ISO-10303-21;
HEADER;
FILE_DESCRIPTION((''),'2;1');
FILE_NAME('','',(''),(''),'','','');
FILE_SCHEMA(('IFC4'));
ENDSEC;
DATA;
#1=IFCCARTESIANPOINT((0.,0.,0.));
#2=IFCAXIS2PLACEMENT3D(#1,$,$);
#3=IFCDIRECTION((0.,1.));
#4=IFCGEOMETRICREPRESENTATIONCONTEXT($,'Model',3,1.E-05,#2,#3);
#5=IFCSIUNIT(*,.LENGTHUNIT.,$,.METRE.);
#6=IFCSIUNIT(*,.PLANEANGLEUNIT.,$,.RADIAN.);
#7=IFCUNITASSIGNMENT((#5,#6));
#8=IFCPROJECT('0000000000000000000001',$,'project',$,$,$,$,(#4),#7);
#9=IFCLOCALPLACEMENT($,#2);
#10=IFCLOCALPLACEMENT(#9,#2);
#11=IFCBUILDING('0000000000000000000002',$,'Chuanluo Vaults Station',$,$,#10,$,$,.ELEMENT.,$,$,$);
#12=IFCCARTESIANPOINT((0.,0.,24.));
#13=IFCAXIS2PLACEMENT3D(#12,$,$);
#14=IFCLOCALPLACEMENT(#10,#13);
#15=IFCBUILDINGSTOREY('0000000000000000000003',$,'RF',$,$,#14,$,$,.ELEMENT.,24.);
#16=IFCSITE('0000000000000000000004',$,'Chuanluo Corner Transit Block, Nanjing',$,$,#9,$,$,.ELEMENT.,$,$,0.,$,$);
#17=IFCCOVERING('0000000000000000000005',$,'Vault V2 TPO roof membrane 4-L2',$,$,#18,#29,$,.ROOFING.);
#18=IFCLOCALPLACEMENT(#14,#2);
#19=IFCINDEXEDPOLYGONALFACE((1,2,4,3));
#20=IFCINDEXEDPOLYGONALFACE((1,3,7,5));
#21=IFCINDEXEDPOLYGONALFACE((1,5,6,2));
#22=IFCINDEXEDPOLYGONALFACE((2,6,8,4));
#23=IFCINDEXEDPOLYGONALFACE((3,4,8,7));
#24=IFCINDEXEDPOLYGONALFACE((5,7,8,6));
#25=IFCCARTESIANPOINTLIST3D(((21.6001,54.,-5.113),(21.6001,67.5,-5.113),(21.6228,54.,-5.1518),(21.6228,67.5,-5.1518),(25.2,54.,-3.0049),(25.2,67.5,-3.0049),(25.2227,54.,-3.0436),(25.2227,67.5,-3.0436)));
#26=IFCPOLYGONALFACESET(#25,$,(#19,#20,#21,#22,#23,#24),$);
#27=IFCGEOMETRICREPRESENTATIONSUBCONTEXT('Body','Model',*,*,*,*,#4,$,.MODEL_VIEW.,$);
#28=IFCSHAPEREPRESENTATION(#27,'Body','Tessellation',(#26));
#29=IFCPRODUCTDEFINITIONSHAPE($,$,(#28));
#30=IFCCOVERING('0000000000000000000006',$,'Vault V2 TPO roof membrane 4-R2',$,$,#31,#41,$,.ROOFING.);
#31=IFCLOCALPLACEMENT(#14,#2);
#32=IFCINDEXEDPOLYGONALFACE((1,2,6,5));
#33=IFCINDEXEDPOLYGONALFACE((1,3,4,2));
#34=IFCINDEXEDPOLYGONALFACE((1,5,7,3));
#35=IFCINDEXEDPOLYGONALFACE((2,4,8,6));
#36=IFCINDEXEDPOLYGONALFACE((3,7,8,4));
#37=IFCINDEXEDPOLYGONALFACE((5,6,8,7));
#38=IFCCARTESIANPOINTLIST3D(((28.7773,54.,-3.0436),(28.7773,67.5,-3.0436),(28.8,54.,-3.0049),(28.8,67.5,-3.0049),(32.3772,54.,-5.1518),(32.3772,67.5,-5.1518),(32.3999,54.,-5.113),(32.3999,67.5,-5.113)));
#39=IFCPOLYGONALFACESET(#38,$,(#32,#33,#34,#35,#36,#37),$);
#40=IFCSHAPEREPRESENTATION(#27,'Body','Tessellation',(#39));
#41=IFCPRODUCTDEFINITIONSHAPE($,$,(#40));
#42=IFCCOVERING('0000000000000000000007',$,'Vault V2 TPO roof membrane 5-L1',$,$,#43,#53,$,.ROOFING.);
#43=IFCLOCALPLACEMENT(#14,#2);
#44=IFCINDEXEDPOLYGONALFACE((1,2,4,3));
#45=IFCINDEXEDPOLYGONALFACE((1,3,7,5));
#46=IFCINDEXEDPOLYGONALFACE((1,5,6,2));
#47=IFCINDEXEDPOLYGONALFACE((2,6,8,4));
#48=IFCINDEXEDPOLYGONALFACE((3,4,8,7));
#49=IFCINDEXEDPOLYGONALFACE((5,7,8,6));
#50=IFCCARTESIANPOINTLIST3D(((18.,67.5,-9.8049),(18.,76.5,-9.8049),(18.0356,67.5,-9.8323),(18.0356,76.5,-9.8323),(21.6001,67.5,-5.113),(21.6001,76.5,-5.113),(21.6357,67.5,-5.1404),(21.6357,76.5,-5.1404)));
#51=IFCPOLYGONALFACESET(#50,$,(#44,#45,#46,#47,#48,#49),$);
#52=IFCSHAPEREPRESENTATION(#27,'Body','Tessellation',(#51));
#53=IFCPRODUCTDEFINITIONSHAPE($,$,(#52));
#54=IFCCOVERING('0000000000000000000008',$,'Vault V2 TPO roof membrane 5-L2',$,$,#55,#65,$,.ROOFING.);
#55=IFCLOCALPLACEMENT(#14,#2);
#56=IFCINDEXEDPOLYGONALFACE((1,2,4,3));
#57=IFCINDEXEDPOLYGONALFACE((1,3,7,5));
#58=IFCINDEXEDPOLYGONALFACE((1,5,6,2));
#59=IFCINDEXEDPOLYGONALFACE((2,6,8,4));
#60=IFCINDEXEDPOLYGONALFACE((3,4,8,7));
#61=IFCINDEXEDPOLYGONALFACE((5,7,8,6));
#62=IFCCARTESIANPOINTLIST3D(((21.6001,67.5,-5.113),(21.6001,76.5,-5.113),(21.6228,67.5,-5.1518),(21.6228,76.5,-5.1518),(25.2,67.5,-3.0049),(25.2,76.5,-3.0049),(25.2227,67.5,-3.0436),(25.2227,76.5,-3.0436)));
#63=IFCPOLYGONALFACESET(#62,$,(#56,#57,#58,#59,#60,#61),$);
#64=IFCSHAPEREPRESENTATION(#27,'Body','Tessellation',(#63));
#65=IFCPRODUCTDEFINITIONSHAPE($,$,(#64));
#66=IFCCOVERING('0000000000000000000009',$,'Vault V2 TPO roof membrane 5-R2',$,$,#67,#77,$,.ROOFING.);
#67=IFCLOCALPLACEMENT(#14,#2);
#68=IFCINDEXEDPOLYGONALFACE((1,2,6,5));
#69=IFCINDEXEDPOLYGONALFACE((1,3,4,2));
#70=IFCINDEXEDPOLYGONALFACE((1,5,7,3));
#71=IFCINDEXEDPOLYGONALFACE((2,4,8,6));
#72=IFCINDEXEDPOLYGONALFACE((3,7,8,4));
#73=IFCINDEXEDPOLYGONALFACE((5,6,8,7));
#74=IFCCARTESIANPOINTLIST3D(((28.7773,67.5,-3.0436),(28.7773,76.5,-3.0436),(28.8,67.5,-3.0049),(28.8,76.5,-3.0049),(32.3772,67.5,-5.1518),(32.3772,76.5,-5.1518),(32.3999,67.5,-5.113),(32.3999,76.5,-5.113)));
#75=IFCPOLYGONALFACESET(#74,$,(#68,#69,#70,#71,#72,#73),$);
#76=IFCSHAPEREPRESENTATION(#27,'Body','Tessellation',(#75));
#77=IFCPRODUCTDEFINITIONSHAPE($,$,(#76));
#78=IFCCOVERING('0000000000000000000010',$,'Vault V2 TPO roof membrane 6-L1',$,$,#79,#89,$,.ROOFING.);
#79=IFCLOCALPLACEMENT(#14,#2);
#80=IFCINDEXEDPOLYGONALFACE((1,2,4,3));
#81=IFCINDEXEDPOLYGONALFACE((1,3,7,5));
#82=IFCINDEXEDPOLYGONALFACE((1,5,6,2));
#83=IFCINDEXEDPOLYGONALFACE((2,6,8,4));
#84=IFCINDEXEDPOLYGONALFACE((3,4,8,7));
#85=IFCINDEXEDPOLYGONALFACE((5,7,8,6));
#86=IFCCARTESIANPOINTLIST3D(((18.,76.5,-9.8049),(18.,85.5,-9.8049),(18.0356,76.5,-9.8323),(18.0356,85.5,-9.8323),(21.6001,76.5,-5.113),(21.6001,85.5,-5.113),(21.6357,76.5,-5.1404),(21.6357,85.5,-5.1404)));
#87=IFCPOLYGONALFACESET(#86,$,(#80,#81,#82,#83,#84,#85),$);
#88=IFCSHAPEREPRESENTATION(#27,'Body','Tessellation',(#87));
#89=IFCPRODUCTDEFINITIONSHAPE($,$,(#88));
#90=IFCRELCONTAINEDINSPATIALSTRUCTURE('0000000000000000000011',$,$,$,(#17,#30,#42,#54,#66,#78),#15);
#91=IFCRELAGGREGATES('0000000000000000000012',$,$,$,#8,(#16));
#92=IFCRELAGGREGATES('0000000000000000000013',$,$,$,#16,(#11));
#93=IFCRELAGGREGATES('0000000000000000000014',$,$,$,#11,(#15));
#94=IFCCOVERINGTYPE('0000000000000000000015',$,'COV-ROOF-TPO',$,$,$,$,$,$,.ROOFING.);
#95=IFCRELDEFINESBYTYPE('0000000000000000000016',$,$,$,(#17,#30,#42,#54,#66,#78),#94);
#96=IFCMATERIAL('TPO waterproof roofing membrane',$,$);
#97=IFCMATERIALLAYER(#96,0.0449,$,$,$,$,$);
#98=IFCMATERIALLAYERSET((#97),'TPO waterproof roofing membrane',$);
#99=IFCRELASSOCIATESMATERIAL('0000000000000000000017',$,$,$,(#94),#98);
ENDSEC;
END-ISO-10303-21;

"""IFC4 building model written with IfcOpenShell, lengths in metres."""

from ifc_helpers import new_model, si_unit, direction, frame, origin, place, context, subcontext, project, spatial, polyline, outline, extrude, material, layer, layer_set, type_object, element, save


model = new_model("IFC4")

# Units and contexts
model_context = context("Model", 3, precision=1e-05, world=origin(), true_north=direction((0.0, 1.0)))
body_context = subcontext(model_context, "Body", "Model", "MODEL_VIEW")
ifc_project = project(units=[si_unit("LENGTHUNIT", "METRE"), si_unit("PLANEANGLEUNIT", "RADIAN")], contexts=[model_context])

# Site, building, storey
site_placement = place(None, origin())
site = spatial("IfcSite", under=ifc_project, at=site_placement, Name="Chuanluo Corner Transit Block, Nanjing", CompositionType="ELEMENT", RefElevation=0.0)
building_placement = place(site_placement, origin())
building = spatial("IfcBuilding", under=site, at=building_placement, Name="Chuanluo Vaults Station", CompositionType="ELEMENT")
storey_placement = place(building_placement, frame((0.0, 0.0, 24.0)))
storey = spatial("IfcBuildingStorey", under=building, at=storey_placement, Name="RF", CompositionType="ELEMENT", Elevation=24.0)

# Coverings
ifc_material_1 = material(Name="TPO waterproof roofing membrane")
ifc_layer_1 = layer(ifc_material_1, 0.0449)
ifc_layer_set_1 = layer_set([ifc_layer_1], Name="TPO waterproof roofing membrane")
covering_type = type_object("IfcCoveringType", Name="COV-ROOF-TPO", PredefinedType="ROOFING", material=ifc_layer_set_1)
for number, where, z_axis, x_axis, name in (
    (1, (21.6001, 54.0, -5.113), (-0.505344, 0.0, 0.862918), (0.862918, 0.0, 0.505344), "Vault V2 TPO roof membrane 4-L2"),
    (2, (28.8, 54.0, -3.0049), (0.505344, 0.0, 0.862918), (0.862918, 0.0, -0.505344), "Vault V2 TPO roof membrane 4-R2"),
):
    element("IfcCovering", number, at=place(storey_placement, frame(where, z_axis=z_axis, x_axis=x_axis)), inside=storey, type_object=covering_type, Name=name, PredefinedType="ROOFING", context=body_context, shape_type="SweptSolid", body=[
        extrude(outline(polyline([(0.0, 0.0), (4.1717, 0.0), (4.1717, 13.5), (0.0, 13.5), (0.0, 0.0)])), origin(), (0.0, 0.0, -1.0), 0.0449),
    ])
covering_1_placement = place(storey_placement, frame((18.0, 67.5, -9.8049), z_axis=(-0.793363, 0.0, 0.608749), x_axis=(0.608749, 0.0, 0.793363)))
element("IfcCovering", 3, at=covering_1_placement, inside=storey, type_object=covering_type, Name="Vault V2 TPO roof membrane 5-L1", PredefinedType="ROOFING", context=body_context, shape_type="SweptSolid", body=[
    extrude(outline(polyline([(0.0, 0.0), (5.9139, 0.0), (5.9139, 9.0), (0.0, 9.0), (0.0, 0.0)])), origin(), (0.0, 0.0, -1.0), 0.0449),
])
for number, where, z_axis, x_axis, name in (
    (4, (21.6001, 67.5, -5.113), (-0.505344, 0.0, 0.862918), (0.862918, 0.0, 0.505344), "Vault V2 TPO roof membrane 5-L2"),
    (5, (28.8, 67.5, -3.0049), (0.505344, 0.0, 0.862918), (0.862918, 0.0, -0.505344), "Vault V2 TPO roof membrane 5-R2"),
):
    element("IfcCovering", number, at=place(storey_placement, frame(where, z_axis=z_axis, x_axis=x_axis)), inside=storey, type_object=covering_type, Name=name, PredefinedType="ROOFING", context=body_context, shape_type="SweptSolid", body=[
        extrude(outline(polyline([(0.0, 0.0), (4.1717, 0.0), (4.1717, 9.0), (0.0, 9.0), (0.0, 0.0)])), origin(), (0.0, 0.0, -1.0), 0.0449),
    ])
covering_2_placement = place(storey_placement, frame((18.0, 76.5, -9.8049), z_axis=(-0.793363, 0.0, 0.608749), x_axis=(0.608749, 0.0, 0.793363)))
element("IfcCovering", 6, at=covering_2_placement, inside=storey, type_object=covering_type, Name="Vault V2 TPO roof membrane 6-L1", PredefinedType="ROOFING", context=body_context, shape_type="SweptSolid", body=[
    extrude(outline(polyline([(0.0, 0.0), (5.9139, 0.0), (5.9139, 9.0), (0.0, 9.0), (0.0, 0.0)])), origin(), (0.0, 0.0, -1.0), 0.0449),
])

save(model, "model.ifc")
